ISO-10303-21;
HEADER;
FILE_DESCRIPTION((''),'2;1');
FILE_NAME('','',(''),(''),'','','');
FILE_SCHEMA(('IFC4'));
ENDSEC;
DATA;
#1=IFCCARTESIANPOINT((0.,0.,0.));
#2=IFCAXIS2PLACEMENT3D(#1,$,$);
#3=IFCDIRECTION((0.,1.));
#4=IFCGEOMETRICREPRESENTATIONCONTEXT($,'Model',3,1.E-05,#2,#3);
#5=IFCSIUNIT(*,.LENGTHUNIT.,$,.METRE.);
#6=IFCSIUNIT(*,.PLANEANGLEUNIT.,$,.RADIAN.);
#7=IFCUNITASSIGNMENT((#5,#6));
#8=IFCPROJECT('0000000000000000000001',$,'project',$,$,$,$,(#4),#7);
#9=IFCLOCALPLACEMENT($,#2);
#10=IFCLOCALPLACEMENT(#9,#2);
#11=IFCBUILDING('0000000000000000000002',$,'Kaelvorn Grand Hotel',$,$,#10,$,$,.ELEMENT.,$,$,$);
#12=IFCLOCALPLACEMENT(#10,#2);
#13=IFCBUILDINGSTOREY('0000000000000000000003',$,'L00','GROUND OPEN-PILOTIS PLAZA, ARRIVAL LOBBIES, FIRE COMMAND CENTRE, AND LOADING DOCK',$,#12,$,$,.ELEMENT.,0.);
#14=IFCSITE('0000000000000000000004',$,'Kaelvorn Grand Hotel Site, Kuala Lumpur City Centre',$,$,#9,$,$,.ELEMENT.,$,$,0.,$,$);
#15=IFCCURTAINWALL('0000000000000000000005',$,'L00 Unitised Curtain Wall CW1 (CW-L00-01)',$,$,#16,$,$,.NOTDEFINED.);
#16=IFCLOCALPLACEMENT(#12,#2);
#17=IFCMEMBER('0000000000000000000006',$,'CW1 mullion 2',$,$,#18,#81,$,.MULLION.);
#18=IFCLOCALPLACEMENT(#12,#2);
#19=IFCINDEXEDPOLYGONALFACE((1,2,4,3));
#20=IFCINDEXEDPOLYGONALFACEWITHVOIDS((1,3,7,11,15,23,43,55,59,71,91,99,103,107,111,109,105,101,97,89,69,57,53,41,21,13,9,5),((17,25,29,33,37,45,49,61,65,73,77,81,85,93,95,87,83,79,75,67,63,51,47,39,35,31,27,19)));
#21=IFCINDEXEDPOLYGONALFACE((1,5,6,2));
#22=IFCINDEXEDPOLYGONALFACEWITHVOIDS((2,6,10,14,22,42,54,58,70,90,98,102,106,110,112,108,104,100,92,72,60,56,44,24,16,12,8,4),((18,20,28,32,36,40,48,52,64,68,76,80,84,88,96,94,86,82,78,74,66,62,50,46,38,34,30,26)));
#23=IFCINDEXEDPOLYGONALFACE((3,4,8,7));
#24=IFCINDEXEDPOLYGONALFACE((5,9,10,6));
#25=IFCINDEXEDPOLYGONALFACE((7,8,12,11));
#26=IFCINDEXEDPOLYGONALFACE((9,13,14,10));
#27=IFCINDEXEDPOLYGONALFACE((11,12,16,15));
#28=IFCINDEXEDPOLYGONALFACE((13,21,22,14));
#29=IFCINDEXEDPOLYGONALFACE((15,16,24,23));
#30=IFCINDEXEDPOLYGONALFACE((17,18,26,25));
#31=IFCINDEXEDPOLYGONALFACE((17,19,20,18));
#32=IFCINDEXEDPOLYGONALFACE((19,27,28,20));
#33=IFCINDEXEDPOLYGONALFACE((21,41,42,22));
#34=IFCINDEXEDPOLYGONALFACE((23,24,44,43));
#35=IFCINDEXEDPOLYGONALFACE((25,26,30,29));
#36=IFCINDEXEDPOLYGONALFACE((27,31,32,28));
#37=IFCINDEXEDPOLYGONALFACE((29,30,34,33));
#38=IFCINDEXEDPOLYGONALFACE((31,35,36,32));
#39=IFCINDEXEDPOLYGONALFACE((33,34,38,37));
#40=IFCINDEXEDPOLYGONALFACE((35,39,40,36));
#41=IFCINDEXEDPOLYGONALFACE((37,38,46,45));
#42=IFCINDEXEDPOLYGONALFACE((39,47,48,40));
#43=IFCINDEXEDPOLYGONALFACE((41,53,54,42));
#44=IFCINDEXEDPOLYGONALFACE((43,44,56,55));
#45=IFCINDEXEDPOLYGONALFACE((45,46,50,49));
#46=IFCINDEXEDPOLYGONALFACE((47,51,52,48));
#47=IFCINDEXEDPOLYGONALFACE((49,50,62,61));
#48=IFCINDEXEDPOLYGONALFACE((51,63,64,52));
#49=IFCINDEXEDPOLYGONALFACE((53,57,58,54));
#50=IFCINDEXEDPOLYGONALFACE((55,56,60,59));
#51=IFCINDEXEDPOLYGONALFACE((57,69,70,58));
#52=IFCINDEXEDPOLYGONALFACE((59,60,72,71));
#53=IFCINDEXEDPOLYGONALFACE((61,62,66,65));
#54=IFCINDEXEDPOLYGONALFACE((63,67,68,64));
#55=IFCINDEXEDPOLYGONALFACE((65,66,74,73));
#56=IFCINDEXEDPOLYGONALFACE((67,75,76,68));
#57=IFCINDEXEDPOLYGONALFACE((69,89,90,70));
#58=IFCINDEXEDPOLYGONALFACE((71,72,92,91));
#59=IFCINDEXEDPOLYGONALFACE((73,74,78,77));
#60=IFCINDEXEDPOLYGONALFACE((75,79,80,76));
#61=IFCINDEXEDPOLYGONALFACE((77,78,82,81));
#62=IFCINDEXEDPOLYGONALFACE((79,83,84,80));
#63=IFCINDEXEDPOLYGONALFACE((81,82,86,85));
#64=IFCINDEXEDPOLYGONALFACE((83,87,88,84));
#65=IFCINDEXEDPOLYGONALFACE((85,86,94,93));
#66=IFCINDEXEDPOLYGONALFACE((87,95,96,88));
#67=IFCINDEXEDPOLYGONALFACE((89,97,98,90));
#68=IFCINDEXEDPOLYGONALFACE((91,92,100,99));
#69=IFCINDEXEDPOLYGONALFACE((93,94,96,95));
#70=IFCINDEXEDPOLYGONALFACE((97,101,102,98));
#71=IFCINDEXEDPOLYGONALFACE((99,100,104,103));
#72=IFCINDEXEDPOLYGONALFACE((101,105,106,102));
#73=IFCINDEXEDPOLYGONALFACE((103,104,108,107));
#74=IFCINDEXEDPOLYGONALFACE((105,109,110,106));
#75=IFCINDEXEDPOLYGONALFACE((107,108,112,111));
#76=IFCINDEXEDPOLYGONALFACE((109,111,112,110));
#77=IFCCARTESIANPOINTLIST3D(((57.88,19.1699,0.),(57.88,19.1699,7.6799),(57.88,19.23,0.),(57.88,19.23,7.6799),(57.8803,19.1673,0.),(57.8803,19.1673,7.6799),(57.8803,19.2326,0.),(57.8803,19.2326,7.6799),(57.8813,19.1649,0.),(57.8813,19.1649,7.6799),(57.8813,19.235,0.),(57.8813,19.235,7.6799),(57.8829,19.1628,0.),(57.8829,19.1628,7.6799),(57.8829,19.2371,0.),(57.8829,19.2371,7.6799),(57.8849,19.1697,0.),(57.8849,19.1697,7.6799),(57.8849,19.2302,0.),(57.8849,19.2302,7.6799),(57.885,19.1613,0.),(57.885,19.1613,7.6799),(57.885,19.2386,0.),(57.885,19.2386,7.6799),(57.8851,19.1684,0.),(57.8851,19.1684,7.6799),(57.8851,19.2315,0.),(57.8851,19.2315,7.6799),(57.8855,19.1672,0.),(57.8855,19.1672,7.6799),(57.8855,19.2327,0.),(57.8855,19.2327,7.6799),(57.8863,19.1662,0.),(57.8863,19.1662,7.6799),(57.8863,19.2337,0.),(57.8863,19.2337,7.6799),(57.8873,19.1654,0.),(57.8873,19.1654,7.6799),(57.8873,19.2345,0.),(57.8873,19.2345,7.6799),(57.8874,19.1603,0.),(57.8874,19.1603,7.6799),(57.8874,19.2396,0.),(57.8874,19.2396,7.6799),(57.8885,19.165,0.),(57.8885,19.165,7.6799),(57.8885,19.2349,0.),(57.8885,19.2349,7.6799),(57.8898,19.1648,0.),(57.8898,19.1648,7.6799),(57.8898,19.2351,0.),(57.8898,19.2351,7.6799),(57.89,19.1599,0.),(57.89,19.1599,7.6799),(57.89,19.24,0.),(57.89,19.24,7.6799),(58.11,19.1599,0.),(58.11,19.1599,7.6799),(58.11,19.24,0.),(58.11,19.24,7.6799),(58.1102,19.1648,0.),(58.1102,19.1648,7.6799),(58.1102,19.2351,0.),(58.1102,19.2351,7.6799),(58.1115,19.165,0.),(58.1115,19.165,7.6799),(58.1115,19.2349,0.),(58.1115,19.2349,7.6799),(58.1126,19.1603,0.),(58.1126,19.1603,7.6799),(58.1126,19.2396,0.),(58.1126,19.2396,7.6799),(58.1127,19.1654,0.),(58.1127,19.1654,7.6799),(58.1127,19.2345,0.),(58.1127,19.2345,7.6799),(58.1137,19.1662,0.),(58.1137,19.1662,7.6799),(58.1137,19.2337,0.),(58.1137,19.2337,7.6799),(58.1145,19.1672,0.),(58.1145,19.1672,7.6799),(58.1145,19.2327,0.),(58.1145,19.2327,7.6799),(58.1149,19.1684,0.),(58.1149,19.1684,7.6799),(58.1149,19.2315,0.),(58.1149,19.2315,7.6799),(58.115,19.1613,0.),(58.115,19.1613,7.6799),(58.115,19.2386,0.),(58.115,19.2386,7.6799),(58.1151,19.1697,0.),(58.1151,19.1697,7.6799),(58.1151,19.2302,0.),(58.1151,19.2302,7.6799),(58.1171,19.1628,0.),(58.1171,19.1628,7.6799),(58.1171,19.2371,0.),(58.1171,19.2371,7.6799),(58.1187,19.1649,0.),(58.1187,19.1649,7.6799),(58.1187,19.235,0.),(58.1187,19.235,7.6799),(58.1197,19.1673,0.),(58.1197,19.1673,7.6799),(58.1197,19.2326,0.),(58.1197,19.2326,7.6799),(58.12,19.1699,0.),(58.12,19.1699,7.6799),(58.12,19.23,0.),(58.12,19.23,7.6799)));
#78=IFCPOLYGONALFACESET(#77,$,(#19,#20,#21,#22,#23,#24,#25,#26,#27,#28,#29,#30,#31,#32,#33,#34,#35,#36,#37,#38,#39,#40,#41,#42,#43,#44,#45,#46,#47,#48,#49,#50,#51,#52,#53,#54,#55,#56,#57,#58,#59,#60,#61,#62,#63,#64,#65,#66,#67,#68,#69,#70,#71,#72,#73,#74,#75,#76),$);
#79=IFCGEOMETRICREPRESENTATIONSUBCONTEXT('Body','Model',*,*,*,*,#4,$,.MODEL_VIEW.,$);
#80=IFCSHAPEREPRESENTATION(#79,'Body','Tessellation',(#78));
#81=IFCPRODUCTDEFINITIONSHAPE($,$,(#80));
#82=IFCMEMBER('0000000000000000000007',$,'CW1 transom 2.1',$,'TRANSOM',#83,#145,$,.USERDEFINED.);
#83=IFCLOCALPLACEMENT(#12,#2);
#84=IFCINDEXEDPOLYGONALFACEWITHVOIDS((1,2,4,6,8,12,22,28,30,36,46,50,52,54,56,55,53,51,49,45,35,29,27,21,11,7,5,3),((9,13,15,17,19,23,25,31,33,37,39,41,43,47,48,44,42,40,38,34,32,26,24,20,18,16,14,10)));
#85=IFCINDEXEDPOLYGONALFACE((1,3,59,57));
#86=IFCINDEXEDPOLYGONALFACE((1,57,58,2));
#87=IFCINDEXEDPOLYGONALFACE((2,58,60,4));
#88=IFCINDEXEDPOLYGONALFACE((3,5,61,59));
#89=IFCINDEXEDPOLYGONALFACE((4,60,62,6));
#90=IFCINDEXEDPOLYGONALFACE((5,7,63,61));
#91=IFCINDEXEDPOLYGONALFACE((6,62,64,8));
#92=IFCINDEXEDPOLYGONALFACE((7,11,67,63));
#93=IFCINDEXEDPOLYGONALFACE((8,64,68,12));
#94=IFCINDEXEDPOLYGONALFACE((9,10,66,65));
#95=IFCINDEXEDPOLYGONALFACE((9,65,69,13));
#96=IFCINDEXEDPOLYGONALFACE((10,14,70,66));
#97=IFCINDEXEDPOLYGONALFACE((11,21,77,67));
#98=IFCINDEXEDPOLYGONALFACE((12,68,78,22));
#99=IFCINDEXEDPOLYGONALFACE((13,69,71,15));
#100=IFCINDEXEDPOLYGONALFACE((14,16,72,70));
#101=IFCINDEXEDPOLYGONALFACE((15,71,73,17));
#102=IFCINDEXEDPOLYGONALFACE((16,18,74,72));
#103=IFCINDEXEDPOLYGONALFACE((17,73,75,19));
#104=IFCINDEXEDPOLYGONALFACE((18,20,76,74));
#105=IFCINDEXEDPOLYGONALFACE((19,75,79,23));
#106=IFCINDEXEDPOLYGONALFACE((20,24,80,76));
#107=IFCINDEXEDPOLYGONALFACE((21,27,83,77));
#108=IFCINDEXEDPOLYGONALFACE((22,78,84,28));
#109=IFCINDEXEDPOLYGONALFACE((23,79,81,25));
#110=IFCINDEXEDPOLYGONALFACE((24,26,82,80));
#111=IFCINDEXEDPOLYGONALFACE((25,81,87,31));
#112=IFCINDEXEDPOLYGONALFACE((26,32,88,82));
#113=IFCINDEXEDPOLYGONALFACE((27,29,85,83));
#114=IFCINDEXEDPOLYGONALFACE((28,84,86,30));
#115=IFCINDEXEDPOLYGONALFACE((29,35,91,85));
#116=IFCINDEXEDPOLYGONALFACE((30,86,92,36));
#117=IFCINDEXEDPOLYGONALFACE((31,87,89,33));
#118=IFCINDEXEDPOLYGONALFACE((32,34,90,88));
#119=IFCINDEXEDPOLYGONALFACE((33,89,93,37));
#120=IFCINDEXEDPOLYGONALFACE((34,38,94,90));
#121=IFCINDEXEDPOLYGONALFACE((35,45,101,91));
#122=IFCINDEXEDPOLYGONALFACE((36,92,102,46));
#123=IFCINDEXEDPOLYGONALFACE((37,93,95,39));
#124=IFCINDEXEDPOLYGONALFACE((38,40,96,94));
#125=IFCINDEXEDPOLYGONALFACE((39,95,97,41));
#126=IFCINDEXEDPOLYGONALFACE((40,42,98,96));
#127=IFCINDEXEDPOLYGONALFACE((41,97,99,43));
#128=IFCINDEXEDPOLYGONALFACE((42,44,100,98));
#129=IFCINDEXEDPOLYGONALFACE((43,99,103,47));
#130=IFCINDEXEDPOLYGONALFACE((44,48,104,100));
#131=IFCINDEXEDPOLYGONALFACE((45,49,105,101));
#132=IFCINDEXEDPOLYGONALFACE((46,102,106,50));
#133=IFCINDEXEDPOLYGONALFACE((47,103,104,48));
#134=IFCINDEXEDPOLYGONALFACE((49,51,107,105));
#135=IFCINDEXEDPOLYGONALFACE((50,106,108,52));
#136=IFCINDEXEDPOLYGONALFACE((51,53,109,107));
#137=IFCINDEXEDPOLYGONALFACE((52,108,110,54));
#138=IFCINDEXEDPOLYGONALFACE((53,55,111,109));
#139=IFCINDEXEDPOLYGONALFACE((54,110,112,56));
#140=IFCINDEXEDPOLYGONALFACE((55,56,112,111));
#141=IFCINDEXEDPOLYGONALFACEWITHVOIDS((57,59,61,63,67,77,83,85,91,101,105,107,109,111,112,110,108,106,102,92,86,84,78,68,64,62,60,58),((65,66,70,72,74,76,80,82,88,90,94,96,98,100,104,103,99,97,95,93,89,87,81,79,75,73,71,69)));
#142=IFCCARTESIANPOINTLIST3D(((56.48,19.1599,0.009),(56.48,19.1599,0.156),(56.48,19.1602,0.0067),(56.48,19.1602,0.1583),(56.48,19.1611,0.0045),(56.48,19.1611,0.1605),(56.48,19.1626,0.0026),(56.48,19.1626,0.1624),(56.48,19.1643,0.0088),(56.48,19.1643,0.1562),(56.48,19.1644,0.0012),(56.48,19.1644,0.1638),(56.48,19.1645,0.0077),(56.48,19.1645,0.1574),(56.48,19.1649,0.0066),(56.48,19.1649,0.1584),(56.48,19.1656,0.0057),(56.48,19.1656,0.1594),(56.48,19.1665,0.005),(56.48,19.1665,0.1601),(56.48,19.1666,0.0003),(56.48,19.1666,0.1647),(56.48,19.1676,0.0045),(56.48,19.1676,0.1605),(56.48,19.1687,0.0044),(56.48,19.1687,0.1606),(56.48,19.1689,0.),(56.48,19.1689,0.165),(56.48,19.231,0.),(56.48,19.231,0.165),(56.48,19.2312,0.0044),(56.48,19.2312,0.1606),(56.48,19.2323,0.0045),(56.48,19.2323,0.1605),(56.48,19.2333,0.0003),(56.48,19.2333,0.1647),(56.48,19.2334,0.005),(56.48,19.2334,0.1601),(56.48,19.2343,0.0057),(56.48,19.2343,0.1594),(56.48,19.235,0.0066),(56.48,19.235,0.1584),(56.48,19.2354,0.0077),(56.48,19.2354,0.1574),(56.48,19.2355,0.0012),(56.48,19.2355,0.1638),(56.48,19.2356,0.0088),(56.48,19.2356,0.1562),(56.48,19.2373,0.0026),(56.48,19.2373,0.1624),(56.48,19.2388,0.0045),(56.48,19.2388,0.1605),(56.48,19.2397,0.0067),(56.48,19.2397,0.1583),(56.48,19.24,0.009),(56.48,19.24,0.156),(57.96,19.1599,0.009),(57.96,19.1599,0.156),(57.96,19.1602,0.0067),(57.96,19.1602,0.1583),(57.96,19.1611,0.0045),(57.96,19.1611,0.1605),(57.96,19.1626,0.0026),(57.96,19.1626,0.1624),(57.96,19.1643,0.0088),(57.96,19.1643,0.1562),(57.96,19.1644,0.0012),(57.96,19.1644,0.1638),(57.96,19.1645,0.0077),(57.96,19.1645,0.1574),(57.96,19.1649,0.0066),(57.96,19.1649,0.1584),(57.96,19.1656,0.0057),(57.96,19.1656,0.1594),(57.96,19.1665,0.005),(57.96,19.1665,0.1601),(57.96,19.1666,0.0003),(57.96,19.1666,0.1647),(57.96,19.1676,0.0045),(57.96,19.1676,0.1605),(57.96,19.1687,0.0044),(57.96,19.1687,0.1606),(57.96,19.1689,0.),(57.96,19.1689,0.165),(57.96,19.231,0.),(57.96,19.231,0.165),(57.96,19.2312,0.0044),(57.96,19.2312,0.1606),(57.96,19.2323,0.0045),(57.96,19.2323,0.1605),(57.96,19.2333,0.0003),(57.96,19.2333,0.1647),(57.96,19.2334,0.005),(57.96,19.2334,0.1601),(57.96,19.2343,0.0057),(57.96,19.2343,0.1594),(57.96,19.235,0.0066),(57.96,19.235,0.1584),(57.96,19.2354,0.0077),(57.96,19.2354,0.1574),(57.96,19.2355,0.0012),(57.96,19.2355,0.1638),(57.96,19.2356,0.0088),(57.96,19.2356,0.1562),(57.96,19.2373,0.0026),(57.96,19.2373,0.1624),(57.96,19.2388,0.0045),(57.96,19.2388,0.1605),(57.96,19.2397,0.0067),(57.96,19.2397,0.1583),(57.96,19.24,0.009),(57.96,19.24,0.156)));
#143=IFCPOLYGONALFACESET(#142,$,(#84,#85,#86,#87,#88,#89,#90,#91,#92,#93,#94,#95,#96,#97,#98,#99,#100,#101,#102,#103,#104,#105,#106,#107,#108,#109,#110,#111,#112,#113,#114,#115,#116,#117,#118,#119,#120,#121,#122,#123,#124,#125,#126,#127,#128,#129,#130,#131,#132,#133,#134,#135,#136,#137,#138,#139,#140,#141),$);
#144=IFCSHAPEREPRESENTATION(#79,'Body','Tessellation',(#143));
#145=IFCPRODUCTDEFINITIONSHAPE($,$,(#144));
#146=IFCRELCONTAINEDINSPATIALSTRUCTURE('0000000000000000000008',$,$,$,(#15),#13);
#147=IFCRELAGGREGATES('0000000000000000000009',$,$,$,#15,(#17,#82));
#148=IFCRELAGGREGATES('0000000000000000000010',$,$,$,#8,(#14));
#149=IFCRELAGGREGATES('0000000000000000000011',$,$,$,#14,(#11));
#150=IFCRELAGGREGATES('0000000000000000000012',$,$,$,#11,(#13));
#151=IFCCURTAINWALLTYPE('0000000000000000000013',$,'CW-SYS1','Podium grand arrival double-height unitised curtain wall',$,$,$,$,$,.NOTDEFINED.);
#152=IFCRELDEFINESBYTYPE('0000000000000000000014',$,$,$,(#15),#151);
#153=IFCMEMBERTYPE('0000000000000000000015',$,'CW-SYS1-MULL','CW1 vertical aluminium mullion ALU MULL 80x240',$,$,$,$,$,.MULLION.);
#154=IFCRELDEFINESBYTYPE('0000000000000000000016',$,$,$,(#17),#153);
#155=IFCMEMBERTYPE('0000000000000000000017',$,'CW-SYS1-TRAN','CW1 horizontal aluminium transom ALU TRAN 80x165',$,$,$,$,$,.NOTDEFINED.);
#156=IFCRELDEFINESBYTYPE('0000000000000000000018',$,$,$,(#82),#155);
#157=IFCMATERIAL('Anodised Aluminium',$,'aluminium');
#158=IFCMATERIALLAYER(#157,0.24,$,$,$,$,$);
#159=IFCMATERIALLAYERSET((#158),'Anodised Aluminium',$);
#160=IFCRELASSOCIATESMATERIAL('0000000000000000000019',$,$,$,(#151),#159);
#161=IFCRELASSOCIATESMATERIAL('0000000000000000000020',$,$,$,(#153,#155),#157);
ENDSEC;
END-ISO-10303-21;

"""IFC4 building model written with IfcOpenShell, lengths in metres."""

from ifc_helpers import new_model, si_unit, direction, frame, origin, origin_2d, place, context, subcontext, project, spatial, hollow_rectangle, extrude, material, layer, layer_set, material_profile, profile_set, type_object, element, aggregate, save


model = new_model("IFC4")

# Units and contexts
model_context = context("Model", 3, precision=1e-05, world=origin(), true_north=direction((0.0, 1.0)))
body_context = subcontext(model_context, "Body", "Model", "MODEL_VIEW")
ifc_project = project(units=[si_unit("LENGTHUNIT", "METRE"), si_unit("PLANEANGLEUNIT", "RADIAN")], contexts=[model_context])

# Site, building, storey
site_placement = place(None, origin())
site = spatial("IfcSite", under=ifc_project, at=site_placement, Name="Kaelvorn Grand Hotel Site, Kuala Lumpur City Centre", CompositionType="ELEMENT", RefElevation=0.0)
building_placement = place(site_placement, origin())
building = spatial("IfcBuilding", under=site, at=building_placement, Name="Kaelvorn Grand Hotel", CompositionType="ELEMENT")
storey_placement = place(building_placement, origin())
storey = spatial("IfcBuildingStorey", under=building, at=storey_placement, Name="L00", Description="GROUND OPEN-PILOTIS PLAZA, ARRIVAL LOBBIES, FIRE COMMAND CENTRE, AND LOADING DOCK", CompositionType="ELEMENT", Elevation=0.0)

# Curtain wall, members
ifc_material_1 = material(Name="Anodised Aluminium", Category="aluminium")
ifc_layer_1 = layer(ifc_material_1, 0.24)
ifc_layer_set_1 = layer_set([ifc_layer_1], Name="Anodised Aluminium")
curtain_wall_type = type_object("IfcCurtainWallType", Name="CW-SYS1", Description="Podium grand arrival double-height unitised curtain wall", PredefinedType="NOTDEFINED", material=ifc_layer_set_1)
curtain_wall_placement = place(storey_placement, origin())
curtain_wall = element("IfcCurtainWall", 1, at=curtain_wall_placement, inside=storey, type_object=curtain_wall_type, Name="L00 Unitised Curtain Wall CW1 (CW-L00-01)", PredefinedType="NOTDEFINED")
ifc_material_profile_1 = material_profile(ifc_material_1, hollow_rectangle(XDim=0.0801, YDim=0.24, WallThickness=0.0049, InnerFilletRadius=0.0049, OuterFilletRadius=0.01, at=origin_2d()), Name="ALU MULL 80x240")
ifc_profile_set_1 = profile_set([ifc_material_profile_1], Name="Anodised Aluminium")
member_type_1 = type_object("IfcMemberType", Name="CW-SYS1-MULL", Description="CW1 vertical aluminium mullion ALU MULL 80x240", PredefinedType="MULLION", material=ifc_profile_set_1)
member_1_placement = place(storey_placement, frame((58.0, 19.2, 0.0), z_axis=(0.0, 0.0, 1.0), x_axis=(0.0, -1.0, 0.0)))
member_1 = element("IfcMember", 2, at=member_1_placement, type_object=member_type_1, Name="CW1 mullion 2", PredefinedType="MULLION", context=body_context, shape_type="SweptSolid", body=[
    extrude(hollow_rectangle(XDim=0.0801, YDim=0.24, WallThickness=0.0049, InnerFilletRadius=0.0049, OuterFilletRadius=0.01, at=origin_2d()), origin(), (0.0, 0.0, 1.0), 7.6799),
])
ifc_material_profile_2 = material_profile(ifc_material_1, hollow_rectangle(XDim=0.0801, YDim=0.165, WallThickness=0.0044, InnerFilletRadius=0.0044, OuterFilletRadius=0.009, at=origin_2d()), Name="ALU TRAN 80x165")
ifc_profile_set_2 = profile_set([ifc_material_profile_2], Name="Anodised Aluminium")
member_type_2 = type_object("IfcMemberType", Name="CW-SYS1-TRAN", Description="CW1 horizontal aluminium transom ALU TRAN 80x165", PredefinedType="NOTDEFINED", material=ifc_profile_set_2)
member_2_placement = place(storey_placement, frame((57.96, 19.2, 0.0825), z_axis=(-1.0, 0.0, 0.0), x_axis=(0.0, -1.0, 0.0)))
member_2 = element("IfcMember", 3, at=member_2_placement, type_object=member_type_2, Name="CW1 transom 2.1", ObjectType="TRANSOM", PredefinedType="USERDEFINED", context=body_context, shape_type="SweptSolid", body=[
    extrude(hollow_rectangle(XDim=0.0801, YDim=0.165, WallThickness=0.0044, InnerFilletRadius=0.0044, OuterFilletRadius=0.009, at=origin_2d()), origin(), (0.0, 0.0, 1.0), 1.48),
])
aggregate(curtain_wall, [member_1, member_2])

save(model, "model.ifc")
